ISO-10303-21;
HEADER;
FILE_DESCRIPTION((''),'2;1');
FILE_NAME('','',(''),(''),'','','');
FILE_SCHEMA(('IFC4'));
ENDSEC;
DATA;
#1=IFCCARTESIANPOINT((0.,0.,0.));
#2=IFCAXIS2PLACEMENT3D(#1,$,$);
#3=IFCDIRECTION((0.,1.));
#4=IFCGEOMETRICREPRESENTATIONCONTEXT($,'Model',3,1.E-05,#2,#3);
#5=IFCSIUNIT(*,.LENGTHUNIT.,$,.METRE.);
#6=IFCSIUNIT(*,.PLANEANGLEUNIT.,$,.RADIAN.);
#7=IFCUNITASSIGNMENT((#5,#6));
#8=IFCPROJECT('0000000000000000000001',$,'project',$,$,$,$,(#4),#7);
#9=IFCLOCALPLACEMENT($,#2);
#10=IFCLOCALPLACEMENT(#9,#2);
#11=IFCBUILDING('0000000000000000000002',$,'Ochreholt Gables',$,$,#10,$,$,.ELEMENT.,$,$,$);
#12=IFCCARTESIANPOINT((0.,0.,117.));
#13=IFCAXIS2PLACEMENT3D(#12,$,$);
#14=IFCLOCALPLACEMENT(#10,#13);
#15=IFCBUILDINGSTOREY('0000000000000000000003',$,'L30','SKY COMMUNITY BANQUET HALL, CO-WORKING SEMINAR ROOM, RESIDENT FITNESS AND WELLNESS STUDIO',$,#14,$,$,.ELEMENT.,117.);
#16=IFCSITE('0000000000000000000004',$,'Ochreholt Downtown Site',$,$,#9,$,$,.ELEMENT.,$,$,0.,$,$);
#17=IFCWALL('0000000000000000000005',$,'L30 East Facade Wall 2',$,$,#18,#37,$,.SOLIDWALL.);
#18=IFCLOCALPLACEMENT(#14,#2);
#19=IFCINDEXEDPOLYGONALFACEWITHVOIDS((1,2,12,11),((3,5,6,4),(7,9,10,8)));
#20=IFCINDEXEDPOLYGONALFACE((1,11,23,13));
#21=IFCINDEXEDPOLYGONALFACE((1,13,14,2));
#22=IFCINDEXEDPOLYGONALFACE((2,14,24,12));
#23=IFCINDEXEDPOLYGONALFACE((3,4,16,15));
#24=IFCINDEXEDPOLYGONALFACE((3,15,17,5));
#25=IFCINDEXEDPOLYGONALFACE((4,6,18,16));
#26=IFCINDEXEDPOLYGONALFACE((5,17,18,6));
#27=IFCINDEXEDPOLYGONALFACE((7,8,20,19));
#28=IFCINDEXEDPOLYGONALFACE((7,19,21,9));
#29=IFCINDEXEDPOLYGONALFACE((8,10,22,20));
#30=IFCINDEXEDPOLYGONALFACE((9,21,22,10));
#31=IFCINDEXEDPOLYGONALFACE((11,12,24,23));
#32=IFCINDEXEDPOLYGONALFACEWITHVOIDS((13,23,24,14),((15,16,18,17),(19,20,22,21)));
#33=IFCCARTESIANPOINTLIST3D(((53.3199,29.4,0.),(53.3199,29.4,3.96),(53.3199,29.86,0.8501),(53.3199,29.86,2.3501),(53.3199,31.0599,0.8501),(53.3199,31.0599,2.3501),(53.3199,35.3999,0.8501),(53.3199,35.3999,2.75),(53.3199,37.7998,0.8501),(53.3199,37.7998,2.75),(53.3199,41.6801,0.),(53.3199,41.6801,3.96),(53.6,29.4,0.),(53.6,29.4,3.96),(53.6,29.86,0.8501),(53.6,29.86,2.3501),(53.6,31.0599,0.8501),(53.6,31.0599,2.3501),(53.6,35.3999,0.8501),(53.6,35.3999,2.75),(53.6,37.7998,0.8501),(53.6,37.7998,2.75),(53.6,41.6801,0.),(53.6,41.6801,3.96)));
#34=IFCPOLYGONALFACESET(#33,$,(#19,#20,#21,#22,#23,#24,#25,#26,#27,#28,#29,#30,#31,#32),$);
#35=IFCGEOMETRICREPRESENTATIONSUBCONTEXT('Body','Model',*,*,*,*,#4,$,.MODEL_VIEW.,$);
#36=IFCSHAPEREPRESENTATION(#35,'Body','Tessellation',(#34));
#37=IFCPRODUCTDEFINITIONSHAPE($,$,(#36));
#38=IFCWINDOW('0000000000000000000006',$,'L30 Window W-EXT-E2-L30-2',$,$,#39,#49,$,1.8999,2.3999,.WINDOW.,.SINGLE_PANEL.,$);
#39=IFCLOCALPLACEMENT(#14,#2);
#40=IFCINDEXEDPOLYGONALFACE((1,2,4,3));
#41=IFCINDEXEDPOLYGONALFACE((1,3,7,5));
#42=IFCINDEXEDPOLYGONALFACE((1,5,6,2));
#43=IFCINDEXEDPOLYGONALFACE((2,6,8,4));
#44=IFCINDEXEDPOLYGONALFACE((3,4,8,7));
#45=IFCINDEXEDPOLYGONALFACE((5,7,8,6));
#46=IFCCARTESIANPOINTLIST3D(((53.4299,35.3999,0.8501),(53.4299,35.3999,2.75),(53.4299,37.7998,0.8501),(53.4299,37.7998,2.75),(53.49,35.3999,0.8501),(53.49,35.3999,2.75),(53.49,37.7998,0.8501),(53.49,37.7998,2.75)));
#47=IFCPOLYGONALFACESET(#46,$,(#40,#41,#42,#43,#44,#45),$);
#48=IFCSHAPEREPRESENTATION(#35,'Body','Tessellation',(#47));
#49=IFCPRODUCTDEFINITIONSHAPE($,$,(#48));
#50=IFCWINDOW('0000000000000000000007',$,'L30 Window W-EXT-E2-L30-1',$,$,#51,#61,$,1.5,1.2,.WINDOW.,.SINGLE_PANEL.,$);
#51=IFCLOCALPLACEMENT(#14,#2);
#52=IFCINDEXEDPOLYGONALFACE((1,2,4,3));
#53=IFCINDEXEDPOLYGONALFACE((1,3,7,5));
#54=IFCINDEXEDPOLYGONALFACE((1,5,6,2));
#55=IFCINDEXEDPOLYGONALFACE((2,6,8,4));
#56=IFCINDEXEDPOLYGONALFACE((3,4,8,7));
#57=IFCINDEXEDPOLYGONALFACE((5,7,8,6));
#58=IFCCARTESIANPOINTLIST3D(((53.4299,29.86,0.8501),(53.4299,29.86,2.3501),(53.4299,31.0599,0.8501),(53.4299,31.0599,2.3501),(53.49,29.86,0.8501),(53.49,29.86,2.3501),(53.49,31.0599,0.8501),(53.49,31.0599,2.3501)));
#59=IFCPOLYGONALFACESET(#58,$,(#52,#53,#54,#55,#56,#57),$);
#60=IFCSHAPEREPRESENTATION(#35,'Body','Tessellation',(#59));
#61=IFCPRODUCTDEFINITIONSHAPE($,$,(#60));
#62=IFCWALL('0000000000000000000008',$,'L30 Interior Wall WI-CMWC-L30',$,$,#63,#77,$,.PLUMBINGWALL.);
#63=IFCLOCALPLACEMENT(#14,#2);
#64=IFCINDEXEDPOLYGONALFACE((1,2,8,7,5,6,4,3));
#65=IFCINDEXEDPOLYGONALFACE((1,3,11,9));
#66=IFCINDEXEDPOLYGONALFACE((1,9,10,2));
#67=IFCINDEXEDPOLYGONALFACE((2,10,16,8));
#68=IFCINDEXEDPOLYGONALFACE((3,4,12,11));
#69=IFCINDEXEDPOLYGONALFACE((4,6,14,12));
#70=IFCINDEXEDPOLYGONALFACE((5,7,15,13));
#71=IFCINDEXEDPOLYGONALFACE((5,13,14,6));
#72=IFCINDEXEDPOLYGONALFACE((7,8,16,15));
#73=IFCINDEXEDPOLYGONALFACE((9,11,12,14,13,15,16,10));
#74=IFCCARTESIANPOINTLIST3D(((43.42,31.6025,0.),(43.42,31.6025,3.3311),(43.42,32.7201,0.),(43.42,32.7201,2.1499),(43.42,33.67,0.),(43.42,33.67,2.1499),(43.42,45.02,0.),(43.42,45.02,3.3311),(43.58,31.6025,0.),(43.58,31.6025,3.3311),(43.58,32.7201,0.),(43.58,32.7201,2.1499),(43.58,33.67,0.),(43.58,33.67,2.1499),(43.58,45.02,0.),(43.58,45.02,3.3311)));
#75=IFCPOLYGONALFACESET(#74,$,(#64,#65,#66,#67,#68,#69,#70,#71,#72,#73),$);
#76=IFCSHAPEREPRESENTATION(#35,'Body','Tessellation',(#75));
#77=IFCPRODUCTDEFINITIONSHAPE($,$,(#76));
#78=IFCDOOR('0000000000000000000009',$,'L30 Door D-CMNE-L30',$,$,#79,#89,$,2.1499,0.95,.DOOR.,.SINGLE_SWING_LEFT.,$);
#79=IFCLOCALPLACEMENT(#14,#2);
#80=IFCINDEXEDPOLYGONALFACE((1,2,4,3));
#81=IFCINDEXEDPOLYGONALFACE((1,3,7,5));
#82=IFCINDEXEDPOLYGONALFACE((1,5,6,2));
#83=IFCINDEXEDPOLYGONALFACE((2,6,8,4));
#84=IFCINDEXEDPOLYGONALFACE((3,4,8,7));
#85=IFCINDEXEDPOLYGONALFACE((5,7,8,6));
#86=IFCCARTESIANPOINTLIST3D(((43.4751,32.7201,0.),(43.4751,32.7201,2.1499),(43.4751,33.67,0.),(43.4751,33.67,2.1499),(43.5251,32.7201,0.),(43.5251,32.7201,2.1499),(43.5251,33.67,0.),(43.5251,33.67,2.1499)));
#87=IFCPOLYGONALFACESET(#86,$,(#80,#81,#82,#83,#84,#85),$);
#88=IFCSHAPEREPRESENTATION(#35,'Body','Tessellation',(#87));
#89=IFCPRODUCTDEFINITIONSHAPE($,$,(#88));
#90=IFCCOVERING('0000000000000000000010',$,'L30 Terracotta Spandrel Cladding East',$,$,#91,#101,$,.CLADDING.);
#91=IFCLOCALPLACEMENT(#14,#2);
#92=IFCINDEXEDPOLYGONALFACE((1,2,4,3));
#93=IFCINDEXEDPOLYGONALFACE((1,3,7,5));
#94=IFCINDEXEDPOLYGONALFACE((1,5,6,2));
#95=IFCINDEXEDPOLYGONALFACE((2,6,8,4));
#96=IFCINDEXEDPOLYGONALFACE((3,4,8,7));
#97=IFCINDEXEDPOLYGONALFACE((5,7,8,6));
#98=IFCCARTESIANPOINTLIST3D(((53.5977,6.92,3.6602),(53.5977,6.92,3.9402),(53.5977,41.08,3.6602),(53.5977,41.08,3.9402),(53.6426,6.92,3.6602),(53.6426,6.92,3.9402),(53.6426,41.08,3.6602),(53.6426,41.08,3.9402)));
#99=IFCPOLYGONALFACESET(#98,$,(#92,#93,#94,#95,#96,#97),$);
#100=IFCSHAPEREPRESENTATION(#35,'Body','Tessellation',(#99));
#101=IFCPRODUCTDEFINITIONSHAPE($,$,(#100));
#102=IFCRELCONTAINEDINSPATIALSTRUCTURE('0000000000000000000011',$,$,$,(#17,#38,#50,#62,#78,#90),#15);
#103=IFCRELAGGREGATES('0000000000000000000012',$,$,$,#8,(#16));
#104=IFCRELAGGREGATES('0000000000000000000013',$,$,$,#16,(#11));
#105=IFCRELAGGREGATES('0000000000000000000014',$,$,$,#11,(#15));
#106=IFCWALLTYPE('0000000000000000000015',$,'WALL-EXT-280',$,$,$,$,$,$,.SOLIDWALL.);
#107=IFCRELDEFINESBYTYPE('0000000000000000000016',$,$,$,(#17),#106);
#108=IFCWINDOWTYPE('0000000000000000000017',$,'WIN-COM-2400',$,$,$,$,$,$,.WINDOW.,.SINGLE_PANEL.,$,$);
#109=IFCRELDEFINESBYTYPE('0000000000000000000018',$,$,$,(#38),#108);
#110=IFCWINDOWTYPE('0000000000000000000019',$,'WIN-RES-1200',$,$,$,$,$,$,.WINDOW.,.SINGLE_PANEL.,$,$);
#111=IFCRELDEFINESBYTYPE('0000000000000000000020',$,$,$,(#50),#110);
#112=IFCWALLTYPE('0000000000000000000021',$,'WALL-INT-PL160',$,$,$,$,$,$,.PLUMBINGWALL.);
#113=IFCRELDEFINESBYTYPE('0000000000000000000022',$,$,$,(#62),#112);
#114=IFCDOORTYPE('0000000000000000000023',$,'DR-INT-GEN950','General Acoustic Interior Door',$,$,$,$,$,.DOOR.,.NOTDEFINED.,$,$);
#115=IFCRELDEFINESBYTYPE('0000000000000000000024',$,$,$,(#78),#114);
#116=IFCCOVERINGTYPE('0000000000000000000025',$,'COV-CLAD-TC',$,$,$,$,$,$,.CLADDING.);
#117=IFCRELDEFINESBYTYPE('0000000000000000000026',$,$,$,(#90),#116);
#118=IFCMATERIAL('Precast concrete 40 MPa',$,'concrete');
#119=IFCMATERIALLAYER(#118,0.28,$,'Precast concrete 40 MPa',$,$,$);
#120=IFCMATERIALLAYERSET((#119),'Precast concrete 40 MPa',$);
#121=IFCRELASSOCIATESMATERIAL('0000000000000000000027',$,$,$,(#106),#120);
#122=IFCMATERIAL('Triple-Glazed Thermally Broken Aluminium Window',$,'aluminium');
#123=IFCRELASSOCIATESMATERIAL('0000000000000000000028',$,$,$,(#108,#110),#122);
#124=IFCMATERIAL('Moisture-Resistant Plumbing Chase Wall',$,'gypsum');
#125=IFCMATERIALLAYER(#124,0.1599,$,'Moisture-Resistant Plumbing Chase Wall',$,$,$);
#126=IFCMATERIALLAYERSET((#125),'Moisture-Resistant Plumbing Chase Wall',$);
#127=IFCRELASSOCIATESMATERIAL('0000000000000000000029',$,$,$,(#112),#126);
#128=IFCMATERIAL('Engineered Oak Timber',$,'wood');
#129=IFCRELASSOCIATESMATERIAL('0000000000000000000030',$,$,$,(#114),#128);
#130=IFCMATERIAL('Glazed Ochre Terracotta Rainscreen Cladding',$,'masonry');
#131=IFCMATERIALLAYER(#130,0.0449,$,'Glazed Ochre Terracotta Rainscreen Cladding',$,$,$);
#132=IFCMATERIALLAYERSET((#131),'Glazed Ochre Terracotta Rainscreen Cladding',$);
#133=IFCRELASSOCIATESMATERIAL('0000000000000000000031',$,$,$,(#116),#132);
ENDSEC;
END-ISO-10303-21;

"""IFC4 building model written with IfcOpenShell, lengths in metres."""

from ifc_helpers import new_model, si_unit, direction, frame, frame_2d, origin, origin_2d, place, context, subcontext, project, spatial, rectangle, extrude, material, layer, layer_set, type_object, element, fill, save


model = new_model("IFC4")

# Units and contexts
model_context = context("Model", 3, precision=1e-05, world=origin(), true_north=direction((0.0, 1.0)))
body_context = subcontext(model_context, "Body", "Model", "MODEL_VIEW")
ifc_project = project(units=[si_unit("LENGTHUNIT", "METRE"), si_unit("PLANEANGLEUNIT", "RADIAN")], contexts=[model_context])

# Site, building, storey
site_placement = place(None, origin())
site = spatial("IfcSite", under=ifc_project, at=site_placement, Name="Ochreholt Downtown Site", CompositionType="ELEMENT", RefElevation=0.0)
building_placement = place(site_placement, origin())
building = spatial("IfcBuilding", under=site, at=building_placement, Name="Ochreholt Gables", CompositionType="ELEMENT")
storey_placement = place(building_placement, frame((0.0, 0.0, 117.0)))
storey = spatial("IfcBuildingStorey", under=building, at=storey_placement, Name="L30", Description="SKY COMMUNITY BANQUET HALL, CO-WORKING SEMINAR ROOM, RESIDENT FITNESS AND WELLNESS STUDIO", CompositionType="ELEMENT", Elevation=117.0)

# Wall, openings, windows
ifc_material_1 = material(Name="Precast concrete 40 MPa", Category="concrete")
ifc_layer_1 = layer(ifc_material_1, 0.28, Name="Precast concrete 40 MPa")
ifc_layer_set_1 = layer_set([ifc_layer_1], Name="Precast concrete 40 MPa")
wall_type_1 = type_object("IfcWallType", Name="WALL-EXT-280", PredefinedType="SOLIDWALL", material=ifc_layer_set_1)
wall_1_placement = place(storey_placement, frame((53.46, 29.3999, 0.0), z_axis=(0.0, 0.0, 1.0), x_axis=(0.0, 1.0, 0.0)))
wall_1 = element("IfcWall", 1, at=wall_1_placement, inside=storey, type_object=wall_type_1, Name="L30 East Facade Wall 2", PredefinedType="SOLIDWALL", context=body_context, shape_type="SweptSolid", body=[
    extrude(rectangle(XDim=12.28, YDim=0.28, at=frame_2d((6.1401, 0.0))), origin(), (0.0, 0.0, 1.0), 3.96),
])
opening_1_placement = place(wall_1_placement, frame((0.46, 0.0, 0.8501)))
opening_1 = element("IfcOpeningElement", 2, at=opening_1_placement, cuts=wall_1, PredefinedType="OPENING", context=body_context, shape_type="SweptSolid", body=[
    extrude(rectangle(XDim=1.2, YDim=1.5, at=frame_2d((0.6001, 0.75))), frame((0.0, 0.1499, 0.0), z_axis=(0.0, -1.0, 0.0), x_axis=(1.0, 0.0, 0.0)), (0.0, 0.0, 1.0), 0.3),
])
opening_2_placement = place(wall_1_placement, frame((6.0, 0.0, 0.8501)))
opening_2 = element("IfcOpeningElement", 3, at=opening_2_placement, cuts=wall_1, PredefinedType="OPENING", context=body_context, shape_type="SweptSolid", body=[
    extrude(rectangle(XDim=2.3999, YDim=1.8999, at=frame_2d((1.2, 0.95))), frame((0.0, 0.1499, 0.0), z_axis=(0.0, -1.0, 0.0), x_axis=(1.0, 0.0, 0.0)), (0.0, 0.0, 1.0), 0.3),
])
ifc_material_2 = material(Name="Triple-Glazed Thermally Broken Aluminium Window", Category="aluminium")
window_type_1 = type_object("IfcWindowType", Name="WIN-COM-2400", PartitioningType="SINGLE_PANEL", PredefinedType="WINDOW", material=ifc_material_2)
window_1_placement = place(opening_2_placement, origin())
window_1 = element("IfcWindow", 4, at=window_1_placement, inside=storey, type_object=window_type_1, Name="L30 Window W-EXT-E2-L30-2", OverallHeight=1.8999, OverallWidth=2.3999, PartitioningType="SINGLE_PANEL", PredefinedType="WINDOW", context=body_context, shape_type="SweptSolid", body=[
    extrude(rectangle(XDim=2.3999, YDim=1.8999, at=frame_2d((1.2, 0.95))), frame((0.0, 0.03, 0.0), z_axis=(0.0, -1.0, 0.0), x_axis=(1.0, 0.0, 0.0)), (0.0, 0.0, 1.0), 0.0601),
])
fill(opening_2, window_1)
window_type_2 = type_object("IfcWindowType", Name="WIN-RES-1200", PartitioningType="SINGLE_PANEL", PredefinedType="WINDOW", material=ifc_material_2)
window_2_placement = place(opening_1_placement, origin())
window_2 = element("IfcWindow", 5, at=window_2_placement, inside=storey, type_object=window_type_2, Name="L30 Window W-EXT-E2-L30-1", OverallHeight=1.5, OverallWidth=1.2, PartitioningType="SINGLE_PANEL", PredefinedType="WINDOW", context=body_context, shape_type="SweptSolid", body=[
    extrude(rectangle(XDim=1.2, YDim=1.5, at=frame_2d((0.6001, 0.75))), frame((0.0, 0.03, 0.0), z_axis=(0.0, -1.0, 0.0), x_axis=(1.0, 0.0, 0.0)), (0.0, 0.0, 1.0), 0.0601),
])
fill(opening_1, window_2)

# Wall, opening, door
ifc_material_3 = material(Name="Moisture-Resistant Plumbing Chase Wall", Category="gypsum")
ifc_layer_2 = layer(ifc_material_3, 0.1599, Name="Moisture-Resistant Plumbing Chase Wall")
ifc_layer_set_2 = layer_set([ifc_layer_2], Name="Moisture-Resistant Plumbing Chase Wall")
wall_type_2 = type_object("IfcWallType", Name="WALL-INT-PL160", PredefinedType="PLUMBINGWALL", material=ifc_layer_set_2)
wall_2_placement = place(storey_placement, frame((43.5, 31.6025, 0.0), z_axis=(0.0, 0.0, 1.0), x_axis=(0.0, 1.0, 0.0)))
wall_2 = element("IfcWall", 6, at=wall_2_placement, inside=storey, type_object=wall_type_2, Name="L30 Interior Wall WI-CMWC-L30", PredefinedType="PLUMBINGWALL", context=body_context, shape_type="SweptSolid", body=[
    extrude(rectangle(XDim=13.4175, YDim=0.1599, at=frame_2d((6.7087, 0.0))), origin(), (0.0, 0.0, 1.0), 3.3311),
])
opening_3_placement = place(wall_2_placement, frame((1.1174, 0.0, 0.0)))
opening_3 = element("IfcOpeningElement", 7, at=opening_3_placement, cuts=wall_2, PredefinedType="OPENING", context=body_context, shape_type="SweptSolid", body=[
    extrude(rectangle(XDim=0.95, YDim=2.1499, at=frame_2d((0.4751, 1.075))), frame((0.0, 0.0898, 0.0), z_axis=(0.0, -1.0, 0.0), x_axis=(1.0, 0.0, 0.0)), (0.0, 0.0, 1.0), 0.1799),
])
ifc_material_4 = material(Name="Engineered Oak Timber", Category="wood")
door_type_1 = type_object("IfcDoorType", Name="DR-INT-GEN950", Description="General Acoustic Interior Door", OperationType="NOTDEFINED", PredefinedType="DOOR", material=ifc_material_4)
door_1_placement = place(opening_3_placement, origin())
door_1 = element("IfcDoor", 8, at=door_1_placement, inside=storey, type_object=door_type_1, Name="L30 Door D-CMNE-L30", OperationType="SINGLE_SWING_LEFT", OverallHeight=2.1499, OverallWidth=0.95, PredefinedType="DOOR", context=body_context, shape_type="SweptSolid", body=[
    extrude(rectangle(XDim=0.95, YDim=2.1499, at=frame_2d((0.4751, 1.075))), frame((0.0, 0.0249, 0.0), z_axis=(0.0, -1.0, 0.0), x_axis=(1.0, 0.0, 0.0)), (0.0, 0.0, 1.0), 0.05),
])
fill(opening_3, door_1)

# Covering
ifc_material_5 = material(Name="Glazed Ochre Terracotta Rainscreen Cladding", Category="masonry")
ifc_layer_3 = layer(ifc_material_5, 0.0449, Name="Glazed Ochre Terracotta Rainscreen Cladding")
ifc_layer_set_3 = layer_set([ifc_layer_3], Name="Glazed Ochre Terracotta Rainscreen Cladding")
covering_type = type_object("IfcCoveringType", Name="COV-CLAD-TC", PredefinedType="CLADDING", material=ifc_layer_set_3)
covering_placement = place(storey_placement, frame((53.6201, 24.0, 3.6602), z_axis=(0.0, 0.0, 1.0), x_axis=(0.0, 1.0, 0.0)))
element("IfcCovering", 9, at=covering_placement, inside=storey, type_object=covering_type, Name="L30 Terracotta Spandrel Cladding East", PredefinedType="CLADDING", context=body_context, shape_type="SweptSolid", body=[
    extrude(rectangle(XDim=34.1599, YDim=0.0449, at=origin_2d()), origin(), (0.0, 0.0, 1.0), 0.28),
])

save(model, "model.ifc")
